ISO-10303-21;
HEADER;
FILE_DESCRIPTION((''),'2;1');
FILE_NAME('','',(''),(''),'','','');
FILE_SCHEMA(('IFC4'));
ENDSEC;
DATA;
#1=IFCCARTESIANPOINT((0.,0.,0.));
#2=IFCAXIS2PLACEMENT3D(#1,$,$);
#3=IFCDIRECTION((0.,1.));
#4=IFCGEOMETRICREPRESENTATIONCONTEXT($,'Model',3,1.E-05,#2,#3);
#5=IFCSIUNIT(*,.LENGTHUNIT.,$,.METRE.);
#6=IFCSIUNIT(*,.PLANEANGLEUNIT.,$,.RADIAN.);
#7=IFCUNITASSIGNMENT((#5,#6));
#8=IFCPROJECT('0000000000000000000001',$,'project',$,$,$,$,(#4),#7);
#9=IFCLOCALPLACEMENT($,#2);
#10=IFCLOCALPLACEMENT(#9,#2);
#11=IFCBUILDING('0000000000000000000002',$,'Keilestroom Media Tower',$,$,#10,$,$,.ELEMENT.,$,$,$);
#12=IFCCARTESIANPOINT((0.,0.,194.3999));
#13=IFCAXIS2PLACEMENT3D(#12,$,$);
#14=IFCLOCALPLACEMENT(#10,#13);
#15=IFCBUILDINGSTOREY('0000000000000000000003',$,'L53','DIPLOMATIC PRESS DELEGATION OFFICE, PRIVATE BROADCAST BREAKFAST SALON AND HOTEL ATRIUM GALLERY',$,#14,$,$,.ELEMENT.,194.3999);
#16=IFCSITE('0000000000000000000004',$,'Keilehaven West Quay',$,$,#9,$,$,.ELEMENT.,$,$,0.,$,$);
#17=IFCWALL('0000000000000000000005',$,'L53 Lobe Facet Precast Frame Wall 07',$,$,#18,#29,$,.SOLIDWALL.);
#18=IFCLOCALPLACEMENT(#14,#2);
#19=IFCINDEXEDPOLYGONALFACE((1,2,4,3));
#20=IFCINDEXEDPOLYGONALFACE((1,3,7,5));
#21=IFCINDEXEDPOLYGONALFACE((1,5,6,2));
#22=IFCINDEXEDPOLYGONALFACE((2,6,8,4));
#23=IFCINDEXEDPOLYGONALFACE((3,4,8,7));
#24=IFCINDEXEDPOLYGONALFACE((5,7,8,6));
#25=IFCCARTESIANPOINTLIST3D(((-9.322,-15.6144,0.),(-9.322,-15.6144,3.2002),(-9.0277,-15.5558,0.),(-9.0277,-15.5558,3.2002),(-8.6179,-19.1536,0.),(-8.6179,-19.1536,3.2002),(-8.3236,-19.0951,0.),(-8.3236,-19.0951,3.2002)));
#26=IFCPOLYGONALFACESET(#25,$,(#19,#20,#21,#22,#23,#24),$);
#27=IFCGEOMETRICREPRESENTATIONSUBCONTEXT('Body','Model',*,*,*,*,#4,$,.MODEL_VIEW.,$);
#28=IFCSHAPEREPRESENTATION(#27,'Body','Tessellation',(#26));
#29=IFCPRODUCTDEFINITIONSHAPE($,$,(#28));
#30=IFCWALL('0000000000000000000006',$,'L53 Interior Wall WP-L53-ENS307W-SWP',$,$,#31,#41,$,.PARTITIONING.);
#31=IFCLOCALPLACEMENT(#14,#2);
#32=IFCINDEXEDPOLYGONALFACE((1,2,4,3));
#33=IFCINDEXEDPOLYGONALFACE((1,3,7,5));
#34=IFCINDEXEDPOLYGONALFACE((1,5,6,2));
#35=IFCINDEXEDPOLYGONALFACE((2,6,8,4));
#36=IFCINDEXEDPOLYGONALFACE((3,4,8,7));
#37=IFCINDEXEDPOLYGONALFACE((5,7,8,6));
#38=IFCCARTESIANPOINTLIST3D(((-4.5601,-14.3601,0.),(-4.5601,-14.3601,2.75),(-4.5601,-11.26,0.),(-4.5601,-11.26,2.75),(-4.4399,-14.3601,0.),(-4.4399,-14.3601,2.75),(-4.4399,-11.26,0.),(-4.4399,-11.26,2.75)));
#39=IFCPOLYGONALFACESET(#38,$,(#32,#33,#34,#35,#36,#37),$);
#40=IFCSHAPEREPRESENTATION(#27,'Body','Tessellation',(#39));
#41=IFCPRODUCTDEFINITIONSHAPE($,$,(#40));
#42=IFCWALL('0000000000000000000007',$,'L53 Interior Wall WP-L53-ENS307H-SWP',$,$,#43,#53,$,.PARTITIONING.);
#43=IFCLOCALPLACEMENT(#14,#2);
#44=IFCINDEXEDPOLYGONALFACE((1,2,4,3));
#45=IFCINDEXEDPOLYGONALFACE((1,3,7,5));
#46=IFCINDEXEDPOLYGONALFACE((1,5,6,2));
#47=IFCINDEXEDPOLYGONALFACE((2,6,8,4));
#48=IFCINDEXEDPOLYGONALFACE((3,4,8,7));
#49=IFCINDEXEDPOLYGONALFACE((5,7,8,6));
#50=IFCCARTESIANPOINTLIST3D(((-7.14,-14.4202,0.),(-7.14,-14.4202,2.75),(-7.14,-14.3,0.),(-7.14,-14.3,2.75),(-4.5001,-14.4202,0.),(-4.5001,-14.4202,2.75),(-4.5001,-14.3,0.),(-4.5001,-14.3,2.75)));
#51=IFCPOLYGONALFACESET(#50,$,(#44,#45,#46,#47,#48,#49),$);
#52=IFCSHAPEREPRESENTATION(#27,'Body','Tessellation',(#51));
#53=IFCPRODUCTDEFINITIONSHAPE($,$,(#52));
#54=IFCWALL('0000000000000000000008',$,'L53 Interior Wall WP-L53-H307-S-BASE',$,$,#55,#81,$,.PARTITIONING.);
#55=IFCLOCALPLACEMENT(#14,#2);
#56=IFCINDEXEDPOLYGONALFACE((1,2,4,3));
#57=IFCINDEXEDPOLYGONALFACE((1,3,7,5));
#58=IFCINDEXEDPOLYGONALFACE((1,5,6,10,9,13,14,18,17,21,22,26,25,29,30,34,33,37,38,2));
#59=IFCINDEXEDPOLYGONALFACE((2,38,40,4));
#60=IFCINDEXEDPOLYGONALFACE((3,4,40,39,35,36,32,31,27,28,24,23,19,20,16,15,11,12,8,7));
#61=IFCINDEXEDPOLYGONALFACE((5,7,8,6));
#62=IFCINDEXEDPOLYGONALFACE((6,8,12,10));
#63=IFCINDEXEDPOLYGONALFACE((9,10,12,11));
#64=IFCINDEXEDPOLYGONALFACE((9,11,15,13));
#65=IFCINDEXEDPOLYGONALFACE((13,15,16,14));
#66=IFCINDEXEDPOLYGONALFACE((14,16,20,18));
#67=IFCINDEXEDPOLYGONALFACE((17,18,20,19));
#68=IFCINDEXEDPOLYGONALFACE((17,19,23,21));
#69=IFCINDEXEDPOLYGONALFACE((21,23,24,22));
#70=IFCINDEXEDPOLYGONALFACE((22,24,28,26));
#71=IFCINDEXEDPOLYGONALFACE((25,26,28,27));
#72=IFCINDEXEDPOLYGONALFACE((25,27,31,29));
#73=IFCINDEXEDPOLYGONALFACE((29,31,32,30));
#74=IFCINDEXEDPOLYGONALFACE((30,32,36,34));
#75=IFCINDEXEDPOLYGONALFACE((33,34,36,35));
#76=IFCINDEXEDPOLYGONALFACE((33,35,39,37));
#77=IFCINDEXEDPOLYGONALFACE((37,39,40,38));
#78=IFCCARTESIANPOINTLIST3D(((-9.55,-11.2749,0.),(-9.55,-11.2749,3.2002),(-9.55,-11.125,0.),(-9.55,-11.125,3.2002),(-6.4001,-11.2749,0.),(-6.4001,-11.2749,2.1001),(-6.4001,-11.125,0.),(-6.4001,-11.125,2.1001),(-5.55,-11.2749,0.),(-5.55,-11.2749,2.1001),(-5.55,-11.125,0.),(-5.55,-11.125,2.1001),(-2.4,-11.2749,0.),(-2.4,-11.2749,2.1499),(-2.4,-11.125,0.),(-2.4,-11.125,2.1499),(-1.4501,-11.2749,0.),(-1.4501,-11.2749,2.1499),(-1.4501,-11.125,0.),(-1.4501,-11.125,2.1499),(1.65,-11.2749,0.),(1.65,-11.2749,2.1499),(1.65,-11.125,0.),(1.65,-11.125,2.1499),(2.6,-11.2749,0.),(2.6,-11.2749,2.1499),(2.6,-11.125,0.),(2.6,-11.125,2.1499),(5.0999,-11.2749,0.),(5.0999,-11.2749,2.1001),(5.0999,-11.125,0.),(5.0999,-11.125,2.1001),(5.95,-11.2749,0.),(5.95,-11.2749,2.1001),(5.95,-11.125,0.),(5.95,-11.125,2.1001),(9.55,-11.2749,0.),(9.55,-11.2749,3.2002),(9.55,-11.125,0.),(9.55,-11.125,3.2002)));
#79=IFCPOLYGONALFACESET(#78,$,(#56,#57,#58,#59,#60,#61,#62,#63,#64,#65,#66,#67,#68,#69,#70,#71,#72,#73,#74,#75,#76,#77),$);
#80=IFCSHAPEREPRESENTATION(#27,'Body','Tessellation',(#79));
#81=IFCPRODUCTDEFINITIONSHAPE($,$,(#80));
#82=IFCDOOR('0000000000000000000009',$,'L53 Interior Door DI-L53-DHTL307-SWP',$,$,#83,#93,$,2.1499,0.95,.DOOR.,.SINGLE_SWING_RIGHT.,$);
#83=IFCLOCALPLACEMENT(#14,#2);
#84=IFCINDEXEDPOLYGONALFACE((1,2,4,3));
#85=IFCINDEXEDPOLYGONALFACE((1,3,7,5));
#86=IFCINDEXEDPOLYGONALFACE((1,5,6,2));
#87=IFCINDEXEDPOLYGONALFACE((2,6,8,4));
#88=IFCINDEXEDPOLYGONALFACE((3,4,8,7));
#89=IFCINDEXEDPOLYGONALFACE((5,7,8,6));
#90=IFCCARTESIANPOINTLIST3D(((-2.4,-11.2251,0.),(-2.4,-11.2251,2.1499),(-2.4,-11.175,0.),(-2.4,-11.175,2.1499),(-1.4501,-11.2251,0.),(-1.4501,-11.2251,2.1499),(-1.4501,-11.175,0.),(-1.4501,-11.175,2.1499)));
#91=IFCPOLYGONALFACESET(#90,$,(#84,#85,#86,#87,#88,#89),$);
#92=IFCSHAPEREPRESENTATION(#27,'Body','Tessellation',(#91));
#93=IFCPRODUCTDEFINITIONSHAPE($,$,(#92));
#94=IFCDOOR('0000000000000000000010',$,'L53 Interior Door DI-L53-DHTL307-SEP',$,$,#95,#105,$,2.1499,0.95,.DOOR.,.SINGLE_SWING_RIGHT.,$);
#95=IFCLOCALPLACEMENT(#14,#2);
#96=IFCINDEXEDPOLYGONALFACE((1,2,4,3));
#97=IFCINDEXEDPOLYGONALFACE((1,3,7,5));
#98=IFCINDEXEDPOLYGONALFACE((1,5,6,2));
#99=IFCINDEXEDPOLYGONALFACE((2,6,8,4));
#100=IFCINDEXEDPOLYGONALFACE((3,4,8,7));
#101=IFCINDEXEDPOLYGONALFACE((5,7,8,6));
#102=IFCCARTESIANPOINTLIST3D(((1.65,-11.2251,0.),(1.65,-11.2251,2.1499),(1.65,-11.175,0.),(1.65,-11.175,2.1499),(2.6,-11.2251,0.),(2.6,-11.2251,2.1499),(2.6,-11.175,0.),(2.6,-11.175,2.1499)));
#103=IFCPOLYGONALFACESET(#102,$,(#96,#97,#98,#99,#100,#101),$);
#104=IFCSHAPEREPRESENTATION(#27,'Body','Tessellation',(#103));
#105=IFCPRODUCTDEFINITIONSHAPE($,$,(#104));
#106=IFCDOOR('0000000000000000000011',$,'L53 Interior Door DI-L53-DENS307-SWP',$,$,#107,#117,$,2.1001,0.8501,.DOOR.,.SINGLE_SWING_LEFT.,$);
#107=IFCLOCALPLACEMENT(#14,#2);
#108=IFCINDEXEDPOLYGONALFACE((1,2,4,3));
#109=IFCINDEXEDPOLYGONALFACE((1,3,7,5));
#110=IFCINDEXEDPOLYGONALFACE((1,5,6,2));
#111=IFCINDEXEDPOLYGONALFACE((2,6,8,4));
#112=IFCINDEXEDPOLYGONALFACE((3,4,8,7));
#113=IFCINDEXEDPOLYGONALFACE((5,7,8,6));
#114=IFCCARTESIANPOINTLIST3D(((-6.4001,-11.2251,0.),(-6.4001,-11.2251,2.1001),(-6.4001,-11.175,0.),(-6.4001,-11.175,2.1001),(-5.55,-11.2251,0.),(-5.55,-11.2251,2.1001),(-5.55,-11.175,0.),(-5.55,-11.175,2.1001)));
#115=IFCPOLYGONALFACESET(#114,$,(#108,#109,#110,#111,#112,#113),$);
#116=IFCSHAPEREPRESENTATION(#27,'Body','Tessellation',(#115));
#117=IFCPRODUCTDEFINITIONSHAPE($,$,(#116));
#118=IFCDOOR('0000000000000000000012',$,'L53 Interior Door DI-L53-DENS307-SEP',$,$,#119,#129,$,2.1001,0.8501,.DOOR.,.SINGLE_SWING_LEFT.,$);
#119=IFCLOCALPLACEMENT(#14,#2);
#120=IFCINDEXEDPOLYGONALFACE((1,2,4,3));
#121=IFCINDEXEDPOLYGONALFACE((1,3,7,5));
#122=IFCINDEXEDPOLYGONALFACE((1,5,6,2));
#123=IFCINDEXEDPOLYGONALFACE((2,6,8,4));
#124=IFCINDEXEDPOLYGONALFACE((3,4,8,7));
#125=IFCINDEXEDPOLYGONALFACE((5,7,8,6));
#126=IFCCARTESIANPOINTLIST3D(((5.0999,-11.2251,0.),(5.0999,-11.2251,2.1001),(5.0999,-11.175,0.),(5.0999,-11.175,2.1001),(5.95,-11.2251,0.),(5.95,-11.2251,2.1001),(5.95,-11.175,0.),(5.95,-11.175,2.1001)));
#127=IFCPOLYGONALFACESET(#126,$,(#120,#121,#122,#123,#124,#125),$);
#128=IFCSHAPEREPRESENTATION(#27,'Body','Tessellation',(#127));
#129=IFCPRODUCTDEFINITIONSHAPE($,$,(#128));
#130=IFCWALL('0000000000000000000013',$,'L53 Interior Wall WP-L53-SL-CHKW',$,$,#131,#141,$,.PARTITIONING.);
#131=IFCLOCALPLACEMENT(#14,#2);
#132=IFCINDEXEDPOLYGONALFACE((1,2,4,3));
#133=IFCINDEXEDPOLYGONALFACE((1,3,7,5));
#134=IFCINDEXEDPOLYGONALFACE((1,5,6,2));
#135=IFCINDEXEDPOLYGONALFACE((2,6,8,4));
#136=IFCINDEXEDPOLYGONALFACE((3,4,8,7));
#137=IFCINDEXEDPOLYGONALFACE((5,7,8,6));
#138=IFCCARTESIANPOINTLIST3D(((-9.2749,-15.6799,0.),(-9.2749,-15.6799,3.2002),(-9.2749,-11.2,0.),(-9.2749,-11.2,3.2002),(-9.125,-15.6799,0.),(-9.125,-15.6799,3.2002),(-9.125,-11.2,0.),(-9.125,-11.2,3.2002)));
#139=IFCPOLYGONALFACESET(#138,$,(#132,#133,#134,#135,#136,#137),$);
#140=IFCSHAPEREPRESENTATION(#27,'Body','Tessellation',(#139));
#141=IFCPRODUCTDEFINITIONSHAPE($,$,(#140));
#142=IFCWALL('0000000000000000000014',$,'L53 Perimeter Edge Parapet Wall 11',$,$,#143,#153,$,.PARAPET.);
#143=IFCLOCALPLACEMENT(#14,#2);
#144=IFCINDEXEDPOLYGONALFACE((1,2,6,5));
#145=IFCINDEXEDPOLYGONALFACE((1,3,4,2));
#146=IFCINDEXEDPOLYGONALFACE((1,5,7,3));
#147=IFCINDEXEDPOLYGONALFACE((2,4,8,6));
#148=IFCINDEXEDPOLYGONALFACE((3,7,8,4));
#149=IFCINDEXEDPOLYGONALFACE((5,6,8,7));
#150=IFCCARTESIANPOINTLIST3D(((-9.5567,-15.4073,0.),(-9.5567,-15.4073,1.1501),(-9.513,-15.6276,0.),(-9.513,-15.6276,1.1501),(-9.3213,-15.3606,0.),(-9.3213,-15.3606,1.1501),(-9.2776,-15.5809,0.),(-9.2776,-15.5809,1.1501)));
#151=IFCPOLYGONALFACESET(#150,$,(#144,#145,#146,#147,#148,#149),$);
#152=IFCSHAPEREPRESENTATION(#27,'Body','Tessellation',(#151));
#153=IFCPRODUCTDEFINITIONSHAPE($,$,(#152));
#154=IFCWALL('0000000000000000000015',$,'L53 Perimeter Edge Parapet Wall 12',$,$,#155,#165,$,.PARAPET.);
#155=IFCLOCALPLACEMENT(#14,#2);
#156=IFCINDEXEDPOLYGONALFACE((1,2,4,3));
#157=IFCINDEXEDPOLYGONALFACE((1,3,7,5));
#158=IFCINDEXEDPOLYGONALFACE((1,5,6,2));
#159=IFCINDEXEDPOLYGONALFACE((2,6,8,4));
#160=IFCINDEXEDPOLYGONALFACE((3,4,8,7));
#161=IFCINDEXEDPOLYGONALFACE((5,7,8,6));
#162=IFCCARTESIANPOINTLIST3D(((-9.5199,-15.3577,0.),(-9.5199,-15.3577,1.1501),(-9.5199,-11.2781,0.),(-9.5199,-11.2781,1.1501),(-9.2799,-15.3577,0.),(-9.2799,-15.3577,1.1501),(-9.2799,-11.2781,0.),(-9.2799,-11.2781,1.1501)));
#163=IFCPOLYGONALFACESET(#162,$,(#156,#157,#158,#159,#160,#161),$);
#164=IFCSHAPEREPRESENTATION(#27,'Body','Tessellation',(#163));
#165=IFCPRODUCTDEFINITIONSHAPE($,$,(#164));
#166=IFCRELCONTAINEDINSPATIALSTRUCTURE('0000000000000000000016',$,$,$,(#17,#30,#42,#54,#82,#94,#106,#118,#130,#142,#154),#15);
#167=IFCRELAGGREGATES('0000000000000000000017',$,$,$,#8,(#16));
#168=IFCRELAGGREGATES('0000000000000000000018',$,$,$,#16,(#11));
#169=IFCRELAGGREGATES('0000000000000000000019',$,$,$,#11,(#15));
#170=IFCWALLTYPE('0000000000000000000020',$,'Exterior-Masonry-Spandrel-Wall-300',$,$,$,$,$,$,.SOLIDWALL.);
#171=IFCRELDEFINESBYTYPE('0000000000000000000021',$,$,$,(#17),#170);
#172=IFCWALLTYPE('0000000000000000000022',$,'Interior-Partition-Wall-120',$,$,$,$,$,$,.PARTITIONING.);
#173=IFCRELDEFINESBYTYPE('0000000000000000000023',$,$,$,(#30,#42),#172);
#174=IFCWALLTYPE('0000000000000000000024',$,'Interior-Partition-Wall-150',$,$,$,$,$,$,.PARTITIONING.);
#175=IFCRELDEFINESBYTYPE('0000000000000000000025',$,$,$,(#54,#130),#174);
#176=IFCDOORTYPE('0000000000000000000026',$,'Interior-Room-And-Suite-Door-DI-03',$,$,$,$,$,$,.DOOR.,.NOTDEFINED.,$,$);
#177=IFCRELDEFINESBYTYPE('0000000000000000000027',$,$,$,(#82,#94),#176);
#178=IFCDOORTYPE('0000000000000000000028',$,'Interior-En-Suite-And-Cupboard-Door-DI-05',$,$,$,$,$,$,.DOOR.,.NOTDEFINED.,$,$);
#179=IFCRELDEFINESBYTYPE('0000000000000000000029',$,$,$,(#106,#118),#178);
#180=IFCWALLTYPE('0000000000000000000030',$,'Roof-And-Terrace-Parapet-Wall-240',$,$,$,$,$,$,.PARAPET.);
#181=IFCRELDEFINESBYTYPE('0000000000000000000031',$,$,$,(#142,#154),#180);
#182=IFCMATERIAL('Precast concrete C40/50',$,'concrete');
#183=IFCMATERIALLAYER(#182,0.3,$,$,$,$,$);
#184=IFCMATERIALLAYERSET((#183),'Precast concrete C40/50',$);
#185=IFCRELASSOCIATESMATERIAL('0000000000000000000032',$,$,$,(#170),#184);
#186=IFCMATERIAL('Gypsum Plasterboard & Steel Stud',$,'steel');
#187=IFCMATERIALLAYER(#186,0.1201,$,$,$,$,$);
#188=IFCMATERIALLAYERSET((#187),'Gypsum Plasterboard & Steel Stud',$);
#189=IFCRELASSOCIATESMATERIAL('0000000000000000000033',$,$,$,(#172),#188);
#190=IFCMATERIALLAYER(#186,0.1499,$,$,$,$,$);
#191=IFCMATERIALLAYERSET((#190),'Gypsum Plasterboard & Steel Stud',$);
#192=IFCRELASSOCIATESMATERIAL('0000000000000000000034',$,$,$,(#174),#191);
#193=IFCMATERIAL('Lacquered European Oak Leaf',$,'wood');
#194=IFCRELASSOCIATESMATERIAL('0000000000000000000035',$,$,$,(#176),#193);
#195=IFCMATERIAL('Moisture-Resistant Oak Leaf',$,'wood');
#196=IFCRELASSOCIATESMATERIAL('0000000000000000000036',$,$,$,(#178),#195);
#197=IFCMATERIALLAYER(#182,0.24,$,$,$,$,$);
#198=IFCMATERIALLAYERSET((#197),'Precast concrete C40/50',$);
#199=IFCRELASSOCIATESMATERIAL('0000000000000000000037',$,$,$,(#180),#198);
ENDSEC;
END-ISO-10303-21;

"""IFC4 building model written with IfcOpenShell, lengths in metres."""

from ifc_helpers import new_model, si_unit, direction, frame, frame_2d, origin, place, context, subcontext, project, spatial, rectangle, extrude, source, transform, mapped, material, layer, layer_set, type_object, element, fill, save


model = new_model("IFC4")

# Units and contexts
model_context = context("Model", 3, precision=1e-05, world=origin(), true_north=direction((0.0, 1.0)))
body_context = subcontext(model_context, "Body", "Model", "MODEL_VIEW")
ifc_project = project(units=[si_unit("LENGTHUNIT", "METRE"), si_unit("PLANEANGLEUNIT", "RADIAN")], contexts=[model_context])

# Site, building, storey
site_placement = place(None, origin())
site = spatial("IfcSite", under=ifc_project, at=site_placement, Name="Keilehaven West Quay", CompositionType="ELEMENT", RefElevation=0.0)
building_placement = place(site_placement, origin())
building = spatial("IfcBuilding", under=site, at=building_placement, Name="Keilestroom Media Tower", CompositionType="ELEMENT")
storey_placement = place(building_placement, frame((0.0, 0.0, 194.3999)))
storey = spatial("IfcBuildingStorey", under=building, at=storey_placement, Name="L53", Description="DIPLOMATIC PRESS DELEGATION OFFICE, PRIVATE BROADCAST BREAKFAST SALON AND HOTEL ATRIUM GALLERY", CompositionType="ELEMENT", Elevation=194.3999)

# Walls
ifc_material_1 = material(Name="Precast concrete C40/50", Category="concrete")
ifc_layer_1 = layer(ifc_material_1, 0.3)
ifc_layer_set_1 = layer_set([ifc_layer_1], Name="Precast concrete C40/50")
wall_type_1 = type_object("IfcWallType", Name="Exterior-Masonry-Spandrel-Wall-300", PredefinedType="SOLIDWALL", material=ifc_layer_set_1)
wall_1_placement = place(storey_placement, frame((-9.1748, -15.5852, 0.0), z_axis=(0.0, 0.0, 1.0), x_axis=(0.195114, -0.980781, 0.0)))
element("IfcWall", 1, at=wall_1_placement, inside=storey, type_object=wall_type_1, Name="L53 Lobe Facet Precast Frame Wall 07", PredefinedType="SOLIDWALL", context=body_context, shape_type="SweptSolid", body=[
    extrude(rectangle(XDim=3.6086, YDim=0.3, at=frame_2d((1.8042, 0.0))), origin(), (0.0, 0.0, 1.0), 3.2002),
])
ifc_material_2 = material(Name="Gypsum Plasterboard & Steel Stud", Category="steel")
ifc_layer_2 = layer(ifc_material_2, 0.1201)
ifc_layer_set_2 = layer_set([ifc_layer_2], Name="Gypsum Plasterboard & Steel Stud")
wall_type_2 = type_object("IfcWallType", Name="Interior-Partition-Wall-120", PredefinedType="PARTITIONING", material=ifc_layer_set_2)
wall_2_placement = place(storey_placement, frame((-4.5, -14.3601, 0.0), z_axis=(0.0, 0.0, 1.0), x_axis=(0.0, 1.0, 0.0)))
element("IfcWall", 2, at=wall_2_placement, inside=storey, type_object=wall_type_2, Name="L53 Interior Wall WP-L53-ENS307W-SWP", PredefinedType="PARTITIONING", context=body_context, shape_type="SweptSolid", body=[
    extrude(rectangle(XDim=3.1001, YDim=0.1201, at=frame_2d((1.55, 0.0))), origin(), (0.0, 0.0, 1.0), 2.75),
])
wall_3_placement = place(storey_placement, frame((-7.1399, -14.3601, 0.0), z_axis=(0.0, 0.0, 1.0), x_axis=(1.0, 0.0, 0.0)))
element("IfcWall", 3, at=wall_3_placement, inside=storey, type_object=wall_type_2, Name="L53 Interior Wall WP-L53-ENS307H-SWP", PredefinedType="PARTITIONING", context=body_context, shape_type="SweptSolid", body=[
    extrude(rectangle(XDim=2.6399, YDim=0.1201, at=frame_2d((1.3198, 0.0))), origin(), (0.0, 0.0, 1.0), 2.75),
])

# Wall, openings, doors
ifc_layer_3 = layer(ifc_material_2, 0.1499)
ifc_layer_set_3 = layer_set([ifc_layer_3], Name="Gypsum Plasterboard & Steel Stud")
wall_type_3 = type_object("IfcWallType", Name="Interior-Partition-Wall-150", PredefinedType="PARTITIONING", material=ifc_layer_set_3)
wall_4_placement = place(storey_placement, frame((-9.55, -11.2, 0.0), z_axis=(0.0, 0.0, 1.0), x_axis=(1.0, 0.0, 0.0)))
wall_4 = element("IfcWall", 4, at=wall_4_placement, inside=storey, type_object=wall_type_3, Name="L53 Interior Wall WP-L53-H307-S-BASE", PredefinedType="PARTITIONING", context=body_context, shape_type="SweptSolid", body=[
    extrude(rectangle(XDim=19.1001, YDim=0.1499, at=frame_2d((9.55, 0.0))), origin(), (0.0, 0.0, 1.0), 3.2002),
])
opening_1_placement = place(wall_4_placement, frame((3.1499, 0.0, 0.0)))
opening_1 = element("IfcOpeningElement", 5, at=opening_1_placement, cuts=wall_4, PredefinedType="OPENING", context=body_context, shape_type="SweptSolid", body=[
    extrude(rectangle(XDim=0.8501, YDim=2.1001, at=frame_2d((0.425, 1.05))), frame((0.0, 0.085, 0.0), z_axis=(0.0, -1.0, 0.0), x_axis=(1.0, 0.0, 0.0)), (0.0, 0.0, 1.0), 0.1699),
])
opening_2_placement = place(wall_4_placement, frame((7.1499, 0.0, 0.0)))
opening_2 = element("IfcOpeningElement", 6, at=opening_2_placement, cuts=wall_4, PredefinedType="OPENING", context=body_context, shape_type="SweptSolid", body=[
    extrude(rectangle(XDim=0.95, YDim=2.1499, at=frame_2d((0.4751, 1.075))), frame((0.0, 0.085, 0.0), z_axis=(0.0, -1.0, 0.0), x_axis=(1.0, 0.0, 0.0)), (0.0, 0.0, 1.0), 0.1699),
])
opening_3_placement = place(wall_4_placement, frame((14.6499, 0.0, 0.0)))
opening_3 = element("IfcOpeningElement", 7, at=opening_3_placement, cuts=wall_4, PredefinedType="OPENING", context=body_context, shape_type="SweptSolid", body=[
    extrude(rectangle(XDim=0.8501, YDim=2.1001, at=frame_2d((0.425, 1.05))), frame((0.0, 0.085, 0.0), z_axis=(0.0, -1.0, 0.0), x_axis=(1.0, 0.0, 0.0)), (0.0, 0.0, 1.0), 0.1699),
])
opening_4_placement = place(wall_4_placement, frame((11.2, 0.0, 0.0)))
opening_4 = element("IfcOpeningElement", 8, at=opening_4_placement, cuts=wall_4, PredefinedType="OPENING", context=body_context, shape_type="SweptSolid", body=[
    extrude(rectangle(XDim=0.95, YDim=2.1499, at=frame_2d((0.4751, 1.075))), frame((0.0, 0.085, 0.0), z_axis=(0.0, -1.0, 0.0), x_axis=(1.0, 0.0, 0.0)), (0.0, 0.0, 1.0), 0.1699),
])
ifc_material_3 = material(Name="Lacquered European Oak Leaf", Category="wood")
door_type_1 = type_object("IfcDoorType", Name="Interior-Room-And-Suite-Door-DI-03", OperationType="NOTDEFINED", PredefinedType="DOOR", material=ifc_material_3)
shared_shape_1 = source(origin(), body_context, "Body", "SweptSolid", [
    extrude(rectangle(XDim=0.95, YDim=2.1499, at=frame_2d((0.4751, 1.075))), frame((0.0, 0.0249, 0.0), z_axis=(0.0, -1.0, 0.0), x_axis=(1.0, 0.0, 0.0)), (0.0, 0.0, 1.0), 0.05),
])
door_1_placement = place(opening_2_placement, origin())
door_1 = element("IfcDoor", 9, at=door_1_placement, inside=storey, type_object=door_type_1, Name="L53 Interior Door DI-L53-DHTL307-SWP", OperationType="SINGLE_SWING_RIGHT", OverallHeight=2.1499, OverallWidth=0.95, PredefinedType="DOOR", context=body_context, shape_type="MappedRepresentation", body=[
    mapped(shared_shape_1, transform((0.0, 0.0, 0.0), x_axis=(1.0, 0.0, 0.0), y_axis=(0.0, 1.0, 0.0), z_axis=(0.0, 0.0, 1.0), scale=1.0)),
])
fill(opening_2, door_1)
door_2_placement = place(opening_4_placement, origin())
door_2 = element("IfcDoor", 10, at=door_2_placement, inside=storey, type_object=door_type_1, Name="L53 Interior Door DI-L53-DHTL307-SEP", OperationType="SINGLE_SWING_RIGHT", OverallHeight=2.1499, OverallWidth=0.95, PredefinedType="DOOR", context=body_context, shape_type="MappedRepresentation", body=[
    mapped(shared_shape_1, transform((0.0, 0.0, 0.0), x_axis=(1.0, 0.0, 0.0), y_axis=(0.0, 1.0, 0.0), z_axis=(0.0, 0.0, 1.0), scale=1.0)),
])
fill(opening_4, door_2)
ifc_material_4 = material(Name="Moisture-Resistant Oak Leaf", Category="wood")
door_type_2 = type_object("IfcDoorType", Name="Interior-En-Suite-And-Cupboard-Door-DI-05", OperationType="NOTDEFINED", PredefinedType="DOOR", material=ifc_material_4)
shared_shape_2 = source(origin(), body_context, "Body", "SweptSolid", [
    extrude(rectangle(XDim=0.8501, YDim=2.1001, at=frame_2d((0.425, 1.05))), frame((0.0, 0.0249, 0.0), z_axis=(0.0, -1.0, 0.0), x_axis=(1.0, 0.0, 0.0)), (0.0, 0.0, 1.0), 0.05),
])
door_3_placement = place(opening_1_placement, origin())
door_3 = element("IfcDoor", 11, at=door_3_placement, inside=storey, type_object=door_type_2, Name="L53 Interior Door DI-L53-DENS307-SWP", OperationType="SINGLE_SWING_LEFT", OverallHeight=2.1001, OverallWidth=0.8501, PredefinedType="DOOR", context=body_context, shape_type="MappedRepresentation", body=[
    mapped(shared_shape_2, transform((0.0, 0.0, 0.0), x_axis=(1.0, 0.0, 0.0), y_axis=(0.0, 1.0, 0.0), z_axis=(0.0, 0.0, 1.0), scale=1.0)),
])
fill(opening_1, door_3)
door_4_placement = place(opening_3_placement, origin())
door_4 = element("IfcDoor", 12, at=door_4_placement, inside=storey, type_object=door_type_2, Name="L53 Interior Door DI-L53-DENS307-SEP", OperationType="SINGLE_SWING_LEFT", OverallHeight=2.1001, OverallWidth=0.8501, PredefinedType="DOOR", context=body_context, shape_type="MappedRepresentation", body=[
    mapped(shared_shape_2, transform((0.0, 0.0, 0.0), x_axis=(1.0, 0.0, 0.0), y_axis=(0.0, 1.0, 0.0), z_axis=(0.0, 0.0, 1.0), scale=1.0)),
])
fill(opening_3, door_4)

# Walls
wall_5_placement = place(storey_placement, frame((-9.2, -15.6799, 0.0), z_axis=(0.0, 0.0, 1.0), x_axis=(0.0, 1.0, 0.0)))
element("IfcWall", 13, at=wall_5_placement, inside=storey, type_object=wall_type_3, Name="L53 Interior Wall WP-L53-SL-CHKW", PredefinedType="PARTITIONING", context=body_context, shape_type="SweptSolid", body=[
    extrude(rectangle(XDim=4.48, YDim=0.1499, at=frame_2d((2.24, 0.0))), origin(), (0.0, 0.0, 1.0), 3.2002),
])
ifc_layer_4 = layer(ifc_material_1, 0.24)
ifc_layer_set_4 = layer_set([ifc_layer_4], Name="Precast concrete C40/50")
wall_type_4 = type_object("IfcWallType", Name="Roof-And-Terrace-Parapet-Wall-240", PredefinedType="PARAPET", material=ifc_layer_set_4)
wall_6_placement = place(storey_placement, frame((-9.3953, -15.6042, 0.0), z_axis=(0.0, 0.0, 1.0), x_axis=(-0.194652, 0.980872, 0.0)))
element("IfcWall", 14, at=wall_6_placement, inside=storey, type_object=wall_type_4, Name="L53 Perimeter Edge Parapet Wall 11", PredefinedType="PARAPET", context=body_context, shape_type="SweptSolid", body=[
    extrude(rectangle(XDim=0.2246, YDim=0.24, at=frame_2d((0.1123, 0.0))), origin(), (0.0, 0.0, 1.0), 1.1501),
])
wall_7_placement = place(storey_placement, frame((-9.3999, -15.3577, 0.0), z_axis=(0.0, 0.0, 1.0), x_axis=(0.0, 1.0, 0.0)))
element("IfcWall", 15, at=wall_7_placement, inside=storey, type_object=wall_type_4, Name="L53 Perimeter Edge Parapet Wall 12", PredefinedType="PARAPET", context=body_context, shape_type="SweptSolid", body=[
    extrude(rectangle(XDim=4.0796, YDim=0.24, at=frame_2d((2.0398, 0.0))), origin(), (0.0, 0.0, 1.0), 1.1501),
])

save(model, "model.ifc")
